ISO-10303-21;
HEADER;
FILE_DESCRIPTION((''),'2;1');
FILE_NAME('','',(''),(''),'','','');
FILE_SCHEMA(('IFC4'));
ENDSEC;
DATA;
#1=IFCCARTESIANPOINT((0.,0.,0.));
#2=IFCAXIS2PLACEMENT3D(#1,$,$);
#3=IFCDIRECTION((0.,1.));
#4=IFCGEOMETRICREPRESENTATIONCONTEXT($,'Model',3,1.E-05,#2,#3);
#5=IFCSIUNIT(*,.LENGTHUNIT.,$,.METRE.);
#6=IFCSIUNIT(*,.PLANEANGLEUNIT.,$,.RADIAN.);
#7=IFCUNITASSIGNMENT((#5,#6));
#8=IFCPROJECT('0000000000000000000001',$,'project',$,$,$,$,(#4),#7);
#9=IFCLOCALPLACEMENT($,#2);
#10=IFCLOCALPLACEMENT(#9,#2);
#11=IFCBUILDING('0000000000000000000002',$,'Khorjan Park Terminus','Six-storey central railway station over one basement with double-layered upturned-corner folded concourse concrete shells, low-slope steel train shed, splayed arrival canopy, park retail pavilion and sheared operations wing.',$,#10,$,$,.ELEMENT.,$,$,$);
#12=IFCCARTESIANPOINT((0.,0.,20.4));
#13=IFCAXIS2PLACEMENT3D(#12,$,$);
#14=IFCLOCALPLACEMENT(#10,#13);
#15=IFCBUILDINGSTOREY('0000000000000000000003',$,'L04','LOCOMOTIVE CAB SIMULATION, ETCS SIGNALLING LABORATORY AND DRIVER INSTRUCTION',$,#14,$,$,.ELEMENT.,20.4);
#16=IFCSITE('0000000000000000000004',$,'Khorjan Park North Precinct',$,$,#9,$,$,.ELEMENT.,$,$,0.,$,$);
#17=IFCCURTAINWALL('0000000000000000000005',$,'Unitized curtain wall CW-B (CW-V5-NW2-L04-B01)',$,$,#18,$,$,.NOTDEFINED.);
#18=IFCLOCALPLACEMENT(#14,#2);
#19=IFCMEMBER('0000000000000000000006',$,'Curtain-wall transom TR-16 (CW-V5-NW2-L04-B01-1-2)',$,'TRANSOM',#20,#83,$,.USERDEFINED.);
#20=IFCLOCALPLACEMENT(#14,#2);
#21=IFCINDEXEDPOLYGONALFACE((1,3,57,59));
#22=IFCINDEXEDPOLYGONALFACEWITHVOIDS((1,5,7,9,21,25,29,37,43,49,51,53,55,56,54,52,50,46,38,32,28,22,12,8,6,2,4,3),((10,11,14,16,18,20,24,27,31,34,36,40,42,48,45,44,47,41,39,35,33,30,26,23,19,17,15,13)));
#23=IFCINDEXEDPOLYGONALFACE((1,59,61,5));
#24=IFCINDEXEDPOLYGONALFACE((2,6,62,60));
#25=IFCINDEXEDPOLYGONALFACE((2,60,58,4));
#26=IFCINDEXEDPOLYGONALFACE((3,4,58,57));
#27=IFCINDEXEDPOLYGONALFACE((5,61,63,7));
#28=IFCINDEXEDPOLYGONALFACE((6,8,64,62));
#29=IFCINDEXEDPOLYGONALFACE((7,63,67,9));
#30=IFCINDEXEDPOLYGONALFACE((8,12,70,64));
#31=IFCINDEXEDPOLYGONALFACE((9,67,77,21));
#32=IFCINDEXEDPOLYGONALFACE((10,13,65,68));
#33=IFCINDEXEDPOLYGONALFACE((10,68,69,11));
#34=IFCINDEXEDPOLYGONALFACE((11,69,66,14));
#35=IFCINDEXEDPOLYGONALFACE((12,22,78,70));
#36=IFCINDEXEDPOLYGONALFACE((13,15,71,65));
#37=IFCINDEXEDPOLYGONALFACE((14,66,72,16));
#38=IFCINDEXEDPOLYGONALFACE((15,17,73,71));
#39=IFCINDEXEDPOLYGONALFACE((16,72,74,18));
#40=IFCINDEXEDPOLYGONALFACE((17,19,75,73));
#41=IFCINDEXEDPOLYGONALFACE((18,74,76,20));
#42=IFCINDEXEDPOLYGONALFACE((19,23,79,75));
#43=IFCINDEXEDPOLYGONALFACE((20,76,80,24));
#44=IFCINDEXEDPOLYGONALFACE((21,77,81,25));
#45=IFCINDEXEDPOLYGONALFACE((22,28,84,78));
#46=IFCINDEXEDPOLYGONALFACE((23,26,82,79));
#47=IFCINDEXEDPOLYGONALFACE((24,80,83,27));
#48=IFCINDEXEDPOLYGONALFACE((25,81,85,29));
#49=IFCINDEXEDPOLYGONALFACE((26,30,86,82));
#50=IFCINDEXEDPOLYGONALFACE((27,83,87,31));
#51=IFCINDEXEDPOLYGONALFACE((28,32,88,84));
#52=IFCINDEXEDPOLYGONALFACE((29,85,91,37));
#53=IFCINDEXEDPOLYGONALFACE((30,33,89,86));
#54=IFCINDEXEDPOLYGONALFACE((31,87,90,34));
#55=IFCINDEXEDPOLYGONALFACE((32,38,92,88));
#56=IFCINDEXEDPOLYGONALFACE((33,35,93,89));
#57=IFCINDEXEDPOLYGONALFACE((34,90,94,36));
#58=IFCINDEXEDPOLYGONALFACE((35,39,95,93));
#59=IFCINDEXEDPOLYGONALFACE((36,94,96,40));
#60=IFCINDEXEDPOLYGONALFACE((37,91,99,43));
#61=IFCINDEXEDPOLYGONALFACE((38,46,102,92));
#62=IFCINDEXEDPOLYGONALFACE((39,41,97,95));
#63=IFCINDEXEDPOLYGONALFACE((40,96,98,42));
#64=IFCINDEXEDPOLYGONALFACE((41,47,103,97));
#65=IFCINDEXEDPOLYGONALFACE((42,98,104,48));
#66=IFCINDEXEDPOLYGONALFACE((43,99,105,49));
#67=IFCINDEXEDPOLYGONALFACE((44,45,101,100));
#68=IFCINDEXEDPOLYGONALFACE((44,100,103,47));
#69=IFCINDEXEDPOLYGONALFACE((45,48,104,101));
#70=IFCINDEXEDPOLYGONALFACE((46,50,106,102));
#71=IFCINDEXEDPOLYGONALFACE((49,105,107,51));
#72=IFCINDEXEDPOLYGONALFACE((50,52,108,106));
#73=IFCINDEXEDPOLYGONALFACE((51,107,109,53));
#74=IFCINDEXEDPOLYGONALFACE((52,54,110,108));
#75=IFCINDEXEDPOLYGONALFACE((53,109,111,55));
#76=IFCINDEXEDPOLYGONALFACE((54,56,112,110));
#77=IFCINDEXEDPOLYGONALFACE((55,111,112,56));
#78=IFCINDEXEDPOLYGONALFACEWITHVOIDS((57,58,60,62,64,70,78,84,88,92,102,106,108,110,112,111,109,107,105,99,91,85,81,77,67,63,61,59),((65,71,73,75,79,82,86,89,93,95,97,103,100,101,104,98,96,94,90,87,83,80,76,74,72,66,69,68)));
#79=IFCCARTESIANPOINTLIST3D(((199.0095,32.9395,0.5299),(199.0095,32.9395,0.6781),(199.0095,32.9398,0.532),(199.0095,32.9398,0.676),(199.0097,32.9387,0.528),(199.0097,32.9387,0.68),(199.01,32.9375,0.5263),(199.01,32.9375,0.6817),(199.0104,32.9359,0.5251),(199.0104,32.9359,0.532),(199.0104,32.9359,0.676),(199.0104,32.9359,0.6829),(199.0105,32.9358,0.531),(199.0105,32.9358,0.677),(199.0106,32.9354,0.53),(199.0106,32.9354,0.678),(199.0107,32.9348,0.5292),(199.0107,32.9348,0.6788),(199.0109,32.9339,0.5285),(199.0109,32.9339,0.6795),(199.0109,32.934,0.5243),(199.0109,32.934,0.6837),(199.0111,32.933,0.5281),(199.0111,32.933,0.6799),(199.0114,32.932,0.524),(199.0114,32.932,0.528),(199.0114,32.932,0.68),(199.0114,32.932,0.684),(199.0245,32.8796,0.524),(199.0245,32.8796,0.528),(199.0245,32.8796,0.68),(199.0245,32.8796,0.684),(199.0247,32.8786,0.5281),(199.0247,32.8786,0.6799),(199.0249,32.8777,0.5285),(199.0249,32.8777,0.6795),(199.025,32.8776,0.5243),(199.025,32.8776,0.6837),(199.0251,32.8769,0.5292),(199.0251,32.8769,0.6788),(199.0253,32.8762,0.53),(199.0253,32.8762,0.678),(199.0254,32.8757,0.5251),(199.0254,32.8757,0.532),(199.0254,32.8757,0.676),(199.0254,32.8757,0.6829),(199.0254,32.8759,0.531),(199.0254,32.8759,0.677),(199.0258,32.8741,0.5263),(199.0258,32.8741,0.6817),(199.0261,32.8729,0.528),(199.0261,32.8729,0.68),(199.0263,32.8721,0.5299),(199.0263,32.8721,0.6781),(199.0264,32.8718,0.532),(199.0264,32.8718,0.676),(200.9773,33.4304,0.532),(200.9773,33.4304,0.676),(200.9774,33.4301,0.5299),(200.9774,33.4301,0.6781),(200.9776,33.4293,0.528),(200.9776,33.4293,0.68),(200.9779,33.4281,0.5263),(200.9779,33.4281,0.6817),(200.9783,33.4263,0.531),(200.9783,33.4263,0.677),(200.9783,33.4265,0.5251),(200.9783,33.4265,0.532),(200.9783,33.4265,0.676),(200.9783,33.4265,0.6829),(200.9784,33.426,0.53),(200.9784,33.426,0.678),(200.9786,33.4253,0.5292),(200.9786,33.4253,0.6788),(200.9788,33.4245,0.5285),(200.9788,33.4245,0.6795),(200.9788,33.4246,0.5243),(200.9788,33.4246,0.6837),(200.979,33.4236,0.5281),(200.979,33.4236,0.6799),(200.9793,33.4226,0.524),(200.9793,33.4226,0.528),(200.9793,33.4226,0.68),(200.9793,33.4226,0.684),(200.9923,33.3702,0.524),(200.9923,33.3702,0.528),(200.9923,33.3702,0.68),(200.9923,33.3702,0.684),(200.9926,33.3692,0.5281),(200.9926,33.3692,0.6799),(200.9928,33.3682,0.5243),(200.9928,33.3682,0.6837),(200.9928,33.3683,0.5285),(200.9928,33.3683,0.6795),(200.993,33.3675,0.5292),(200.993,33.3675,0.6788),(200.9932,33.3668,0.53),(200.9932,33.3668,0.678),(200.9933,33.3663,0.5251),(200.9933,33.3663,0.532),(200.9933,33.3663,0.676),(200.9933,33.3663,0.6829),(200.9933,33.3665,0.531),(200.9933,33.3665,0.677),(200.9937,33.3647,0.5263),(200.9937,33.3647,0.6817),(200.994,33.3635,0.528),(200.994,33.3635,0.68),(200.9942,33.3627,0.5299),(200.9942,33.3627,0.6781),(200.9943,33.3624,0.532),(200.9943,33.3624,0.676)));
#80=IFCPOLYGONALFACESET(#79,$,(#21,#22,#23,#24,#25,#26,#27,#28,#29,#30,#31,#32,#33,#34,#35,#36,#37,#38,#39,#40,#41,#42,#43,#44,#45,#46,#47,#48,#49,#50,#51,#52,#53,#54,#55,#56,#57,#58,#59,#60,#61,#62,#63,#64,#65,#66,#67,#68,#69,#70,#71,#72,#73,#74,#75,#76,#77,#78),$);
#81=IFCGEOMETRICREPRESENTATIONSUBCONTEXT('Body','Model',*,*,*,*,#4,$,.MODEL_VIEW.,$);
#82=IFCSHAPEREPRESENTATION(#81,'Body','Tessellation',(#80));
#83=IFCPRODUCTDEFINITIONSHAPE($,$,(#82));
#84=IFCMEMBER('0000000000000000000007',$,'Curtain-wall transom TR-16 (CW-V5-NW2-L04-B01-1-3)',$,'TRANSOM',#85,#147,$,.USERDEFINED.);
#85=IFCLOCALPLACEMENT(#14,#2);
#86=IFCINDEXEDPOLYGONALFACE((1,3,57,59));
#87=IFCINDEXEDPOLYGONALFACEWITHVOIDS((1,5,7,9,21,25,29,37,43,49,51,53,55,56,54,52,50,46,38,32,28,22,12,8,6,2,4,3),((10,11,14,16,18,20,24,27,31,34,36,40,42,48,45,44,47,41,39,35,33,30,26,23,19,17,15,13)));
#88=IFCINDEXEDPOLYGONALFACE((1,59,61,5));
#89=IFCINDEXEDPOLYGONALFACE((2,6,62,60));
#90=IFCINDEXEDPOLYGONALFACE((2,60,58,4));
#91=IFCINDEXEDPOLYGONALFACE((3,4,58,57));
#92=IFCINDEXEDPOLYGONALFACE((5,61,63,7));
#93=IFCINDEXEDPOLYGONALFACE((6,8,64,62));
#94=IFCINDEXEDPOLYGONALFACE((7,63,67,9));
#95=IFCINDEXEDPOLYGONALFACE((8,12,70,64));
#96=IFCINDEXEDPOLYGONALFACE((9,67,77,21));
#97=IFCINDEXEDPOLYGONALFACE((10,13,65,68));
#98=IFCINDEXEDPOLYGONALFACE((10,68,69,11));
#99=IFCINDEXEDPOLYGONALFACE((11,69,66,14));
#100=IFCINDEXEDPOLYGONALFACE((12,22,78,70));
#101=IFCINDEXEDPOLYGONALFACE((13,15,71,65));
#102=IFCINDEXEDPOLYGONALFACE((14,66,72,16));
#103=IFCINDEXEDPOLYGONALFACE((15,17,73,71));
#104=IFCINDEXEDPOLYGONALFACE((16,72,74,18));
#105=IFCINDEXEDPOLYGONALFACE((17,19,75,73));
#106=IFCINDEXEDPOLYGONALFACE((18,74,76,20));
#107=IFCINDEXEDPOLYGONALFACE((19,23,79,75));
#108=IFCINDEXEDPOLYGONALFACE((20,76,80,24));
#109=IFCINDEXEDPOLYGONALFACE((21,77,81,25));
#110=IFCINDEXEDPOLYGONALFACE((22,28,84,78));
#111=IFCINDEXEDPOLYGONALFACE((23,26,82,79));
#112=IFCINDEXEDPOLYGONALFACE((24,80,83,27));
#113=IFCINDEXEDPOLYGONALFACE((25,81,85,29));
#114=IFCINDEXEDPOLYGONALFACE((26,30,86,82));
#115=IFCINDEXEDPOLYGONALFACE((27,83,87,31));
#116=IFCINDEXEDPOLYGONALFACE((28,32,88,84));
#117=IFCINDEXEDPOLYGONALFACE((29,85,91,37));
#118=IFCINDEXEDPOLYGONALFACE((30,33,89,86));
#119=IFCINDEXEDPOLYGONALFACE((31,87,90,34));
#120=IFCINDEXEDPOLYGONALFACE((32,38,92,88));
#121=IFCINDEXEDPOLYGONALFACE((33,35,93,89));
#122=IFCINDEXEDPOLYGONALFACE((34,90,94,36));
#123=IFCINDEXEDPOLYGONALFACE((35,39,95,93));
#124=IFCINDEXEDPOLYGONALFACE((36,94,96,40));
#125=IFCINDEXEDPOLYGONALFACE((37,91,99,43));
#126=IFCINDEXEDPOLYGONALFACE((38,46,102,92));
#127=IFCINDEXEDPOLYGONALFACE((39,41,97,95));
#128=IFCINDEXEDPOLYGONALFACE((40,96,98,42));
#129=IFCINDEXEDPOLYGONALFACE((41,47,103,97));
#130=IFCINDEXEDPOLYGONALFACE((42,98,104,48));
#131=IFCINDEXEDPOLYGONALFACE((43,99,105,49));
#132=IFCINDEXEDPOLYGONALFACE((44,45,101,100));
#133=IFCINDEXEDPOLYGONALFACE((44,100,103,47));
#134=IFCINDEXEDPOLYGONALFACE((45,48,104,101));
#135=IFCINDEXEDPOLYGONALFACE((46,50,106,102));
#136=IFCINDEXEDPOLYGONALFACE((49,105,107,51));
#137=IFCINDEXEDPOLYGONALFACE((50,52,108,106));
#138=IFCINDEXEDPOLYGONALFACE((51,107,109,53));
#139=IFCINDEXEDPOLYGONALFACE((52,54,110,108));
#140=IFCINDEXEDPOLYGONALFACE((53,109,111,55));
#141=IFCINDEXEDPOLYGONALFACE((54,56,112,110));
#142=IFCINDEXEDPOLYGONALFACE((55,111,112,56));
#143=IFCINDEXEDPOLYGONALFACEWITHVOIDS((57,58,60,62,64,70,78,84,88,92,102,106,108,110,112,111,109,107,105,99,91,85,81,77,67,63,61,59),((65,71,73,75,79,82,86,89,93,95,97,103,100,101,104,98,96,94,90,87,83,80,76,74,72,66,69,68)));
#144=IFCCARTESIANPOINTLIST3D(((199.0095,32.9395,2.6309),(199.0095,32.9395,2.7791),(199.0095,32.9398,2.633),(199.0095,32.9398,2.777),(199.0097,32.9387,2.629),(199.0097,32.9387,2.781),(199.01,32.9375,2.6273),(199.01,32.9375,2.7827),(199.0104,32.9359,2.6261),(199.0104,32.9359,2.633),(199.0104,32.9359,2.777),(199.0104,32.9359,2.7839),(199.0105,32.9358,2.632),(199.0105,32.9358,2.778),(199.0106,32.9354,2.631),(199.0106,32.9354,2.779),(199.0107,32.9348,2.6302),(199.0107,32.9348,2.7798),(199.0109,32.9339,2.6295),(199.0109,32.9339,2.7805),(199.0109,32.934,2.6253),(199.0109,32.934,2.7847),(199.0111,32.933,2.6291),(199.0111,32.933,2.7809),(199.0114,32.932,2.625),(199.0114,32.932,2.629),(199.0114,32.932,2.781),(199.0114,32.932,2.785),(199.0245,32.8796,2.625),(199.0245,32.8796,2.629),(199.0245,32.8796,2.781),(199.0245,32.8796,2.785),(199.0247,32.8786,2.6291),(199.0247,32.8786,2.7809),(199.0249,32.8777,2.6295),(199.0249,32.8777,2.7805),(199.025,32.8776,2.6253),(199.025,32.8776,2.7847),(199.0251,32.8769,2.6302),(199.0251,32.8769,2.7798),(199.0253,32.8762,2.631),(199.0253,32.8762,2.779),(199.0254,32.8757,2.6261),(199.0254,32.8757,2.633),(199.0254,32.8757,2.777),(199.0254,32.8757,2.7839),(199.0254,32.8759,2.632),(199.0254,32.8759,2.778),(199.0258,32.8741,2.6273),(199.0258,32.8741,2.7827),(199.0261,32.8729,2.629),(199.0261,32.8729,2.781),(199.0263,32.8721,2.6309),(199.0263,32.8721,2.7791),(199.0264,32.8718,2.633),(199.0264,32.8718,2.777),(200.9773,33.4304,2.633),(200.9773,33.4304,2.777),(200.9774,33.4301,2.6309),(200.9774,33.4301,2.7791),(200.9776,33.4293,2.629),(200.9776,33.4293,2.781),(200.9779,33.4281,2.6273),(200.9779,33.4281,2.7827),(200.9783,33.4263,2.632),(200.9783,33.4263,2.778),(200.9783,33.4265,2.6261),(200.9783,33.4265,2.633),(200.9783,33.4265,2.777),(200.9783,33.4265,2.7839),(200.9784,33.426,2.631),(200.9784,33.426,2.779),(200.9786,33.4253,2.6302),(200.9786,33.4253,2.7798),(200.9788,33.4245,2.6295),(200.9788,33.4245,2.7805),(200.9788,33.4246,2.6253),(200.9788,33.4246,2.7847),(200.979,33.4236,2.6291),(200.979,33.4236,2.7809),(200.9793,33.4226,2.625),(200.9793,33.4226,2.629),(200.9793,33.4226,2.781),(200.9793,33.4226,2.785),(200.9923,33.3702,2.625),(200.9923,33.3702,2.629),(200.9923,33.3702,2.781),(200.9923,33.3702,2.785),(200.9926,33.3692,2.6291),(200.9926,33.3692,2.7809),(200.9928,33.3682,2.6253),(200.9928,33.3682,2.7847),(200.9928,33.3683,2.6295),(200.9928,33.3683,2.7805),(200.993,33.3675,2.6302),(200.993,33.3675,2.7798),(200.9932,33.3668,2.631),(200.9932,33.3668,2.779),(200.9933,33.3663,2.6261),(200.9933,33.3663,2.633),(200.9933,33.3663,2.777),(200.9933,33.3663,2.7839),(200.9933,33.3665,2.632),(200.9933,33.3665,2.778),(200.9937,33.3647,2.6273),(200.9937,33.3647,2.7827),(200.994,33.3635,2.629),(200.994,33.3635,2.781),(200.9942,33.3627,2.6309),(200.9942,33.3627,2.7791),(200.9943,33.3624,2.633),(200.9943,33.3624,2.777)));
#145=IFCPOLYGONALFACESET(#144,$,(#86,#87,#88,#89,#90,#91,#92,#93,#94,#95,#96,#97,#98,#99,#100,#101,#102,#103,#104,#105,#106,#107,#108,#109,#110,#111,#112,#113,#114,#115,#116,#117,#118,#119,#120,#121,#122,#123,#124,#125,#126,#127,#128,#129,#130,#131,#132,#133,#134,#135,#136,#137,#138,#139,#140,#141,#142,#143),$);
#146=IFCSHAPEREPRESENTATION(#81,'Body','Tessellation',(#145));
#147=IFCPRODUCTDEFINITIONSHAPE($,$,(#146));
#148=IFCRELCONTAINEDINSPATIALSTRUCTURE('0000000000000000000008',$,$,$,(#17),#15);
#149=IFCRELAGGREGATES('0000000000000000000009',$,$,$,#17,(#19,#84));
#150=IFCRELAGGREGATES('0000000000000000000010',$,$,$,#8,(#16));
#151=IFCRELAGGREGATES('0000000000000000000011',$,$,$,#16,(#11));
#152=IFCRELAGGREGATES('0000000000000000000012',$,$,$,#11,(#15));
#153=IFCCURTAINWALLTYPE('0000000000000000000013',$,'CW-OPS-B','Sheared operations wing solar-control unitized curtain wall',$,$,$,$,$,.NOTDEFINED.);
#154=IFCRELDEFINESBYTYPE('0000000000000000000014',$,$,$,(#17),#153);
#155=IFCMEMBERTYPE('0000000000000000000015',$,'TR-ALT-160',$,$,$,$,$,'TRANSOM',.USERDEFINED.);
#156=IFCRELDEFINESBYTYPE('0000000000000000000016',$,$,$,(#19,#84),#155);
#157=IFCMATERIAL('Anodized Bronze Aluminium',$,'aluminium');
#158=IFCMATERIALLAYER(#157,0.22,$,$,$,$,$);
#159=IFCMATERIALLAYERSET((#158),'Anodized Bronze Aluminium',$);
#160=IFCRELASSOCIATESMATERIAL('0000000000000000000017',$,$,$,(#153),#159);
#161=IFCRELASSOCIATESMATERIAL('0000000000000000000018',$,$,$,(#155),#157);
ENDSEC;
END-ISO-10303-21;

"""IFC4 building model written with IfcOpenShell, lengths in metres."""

from ifc_helpers import new_model, si_unit, direction, frame, origin, origin_2d, place, context, subcontext, project, spatial, hollow_rectangle, extrude, material, layer, layer_set, material_profile, profile_set, type_object, element, aggregate, save


model = new_model("IFC4")

# Units and contexts
model_context = context("Model", 3, precision=1e-05, world=origin(), true_north=direction((0.0, 1.0)))
body_context = subcontext(model_context, "Body", "Model", "MODEL_VIEW")
ifc_project = project(units=[si_unit("LENGTHUNIT", "METRE"), si_unit("PLANEANGLEUNIT", "RADIAN")], contexts=[model_context])

# Site, building, storey
site_placement = place(None, origin())
site = spatial("IfcSite", under=ifc_project, at=site_placement, Name="Khorjan Park North Precinct", CompositionType="ELEMENT", RefElevation=0.0)
building_placement = place(site_placement, origin())
building = spatial("IfcBuilding", under=site, at=building_placement, Name="Khorjan Park Terminus", Description="Six-storey central railway station over one basement with double-layered upturned-corner folded concourse concrete shells, low-slope steel train shed, splayed arrival canopy, park retail pavilion and sheared operations wing.", CompositionType="ELEMENT")
storey_placement = place(building_placement, frame((0.0, 0.0, 20.4)))
storey = spatial("IfcBuildingStorey", under=building, at=storey_placement, Name="L04", Description="LOCOMOTIVE CAB SIMULATION, ETCS SIGNALLING LABORATORY AND DRIVER INSTRUCTION", CompositionType="ELEMENT", Elevation=20.4)

# Curtain wall, members
ifc_material_1 = material(Name="Anodized Bronze Aluminium", Category="aluminium")
ifc_layer_1 = layer(ifc_material_1, 0.22)
ifc_layer_set_1 = layer_set([ifc_layer_1], Name="Anodized Bronze Aluminium")
curtain_wall_type = type_object("IfcCurtainWallType", Name="CW-OPS-B", Description="Sheared operations wing solar-control unitized curtain wall", PredefinedType="NOTDEFINED", material=ifc_layer_set_1)
curtain_wall_placement = place(storey_placement, origin())
curtain_wall = element("IfcCurtainWall", 1, at=curtain_wall_placement, inside=storey, type_object=curtain_wall_type, Name="Unitized curtain wall CW-B (CW-V5-NW2-L04-B01)", PredefinedType="NOTDEFINED")
ifc_material_profile_1 = material_profile(ifc_material_1, hollow_rectangle(XDim=0.07, YDim=0.16, WallThickness=0.004, InnerFilletRadius=0.004, OuterFilletRadius=0.008, at=origin_2d()), Name="ALT 70x160x4")
ifc_profile_set_1 = profile_set([ifc_material_profile_1], Name="Anodized Bronze Aluminium")
member_type_1 = type_object("IfcMemberType", Name="TR-ALT-160", ElementType="TRANSOM", PredefinedType="USERDEFINED", material=ifc_profile_set_1)
member_1_placement = place(storey_placement, frame((200.9858, 33.3964, 0.604), z_axis=(-0.970302, -0.241897, 0.0), x_axis=(0.241897, -0.970302, 0.0)))
member_1 = element("IfcMember", 2, at=member_1_placement, type_object=member_type_1, Name="Curtain-wall transom TR-16 (CW-V5-NW2-L04-B01-1-2)", ObjectType="TRANSOM", PredefinedType="USERDEFINED", context=body_context, shape_type="SweptSolid", body=[
    extrude(hollow_rectangle(XDim=0.07, YDim=0.16, WallThickness=0.004, InnerFilletRadius=0.004, OuterFilletRadius=0.008, at=origin_2d()), origin(), (0.0, 0.0, 1.0), 2.0281),
])
member_2_placement = place(storey_placement, frame((200.9858, 33.3964, 2.705), z_axis=(-0.970302, -0.241897, 0.0), x_axis=(0.241897, -0.970302, 0.0)))
member_2 = element("IfcMember", 3, at=member_2_placement, type_object=member_type_1, Name="Curtain-wall transom TR-16 (CW-V5-NW2-L04-B01-1-3)", ObjectType="TRANSOM", PredefinedType="USERDEFINED", context=body_context, shape_type="SweptSolid", body=[
    extrude(hollow_rectangle(XDim=0.07, YDim=0.16, WallThickness=0.004, InnerFilletRadius=0.004, OuterFilletRadius=0.008, at=origin_2d()), origin(), (0.0, 0.0, 1.0), 2.0281),
])
aggregate(curtain_wall, [member_1, member_2])

save(model, "model.ifc")
